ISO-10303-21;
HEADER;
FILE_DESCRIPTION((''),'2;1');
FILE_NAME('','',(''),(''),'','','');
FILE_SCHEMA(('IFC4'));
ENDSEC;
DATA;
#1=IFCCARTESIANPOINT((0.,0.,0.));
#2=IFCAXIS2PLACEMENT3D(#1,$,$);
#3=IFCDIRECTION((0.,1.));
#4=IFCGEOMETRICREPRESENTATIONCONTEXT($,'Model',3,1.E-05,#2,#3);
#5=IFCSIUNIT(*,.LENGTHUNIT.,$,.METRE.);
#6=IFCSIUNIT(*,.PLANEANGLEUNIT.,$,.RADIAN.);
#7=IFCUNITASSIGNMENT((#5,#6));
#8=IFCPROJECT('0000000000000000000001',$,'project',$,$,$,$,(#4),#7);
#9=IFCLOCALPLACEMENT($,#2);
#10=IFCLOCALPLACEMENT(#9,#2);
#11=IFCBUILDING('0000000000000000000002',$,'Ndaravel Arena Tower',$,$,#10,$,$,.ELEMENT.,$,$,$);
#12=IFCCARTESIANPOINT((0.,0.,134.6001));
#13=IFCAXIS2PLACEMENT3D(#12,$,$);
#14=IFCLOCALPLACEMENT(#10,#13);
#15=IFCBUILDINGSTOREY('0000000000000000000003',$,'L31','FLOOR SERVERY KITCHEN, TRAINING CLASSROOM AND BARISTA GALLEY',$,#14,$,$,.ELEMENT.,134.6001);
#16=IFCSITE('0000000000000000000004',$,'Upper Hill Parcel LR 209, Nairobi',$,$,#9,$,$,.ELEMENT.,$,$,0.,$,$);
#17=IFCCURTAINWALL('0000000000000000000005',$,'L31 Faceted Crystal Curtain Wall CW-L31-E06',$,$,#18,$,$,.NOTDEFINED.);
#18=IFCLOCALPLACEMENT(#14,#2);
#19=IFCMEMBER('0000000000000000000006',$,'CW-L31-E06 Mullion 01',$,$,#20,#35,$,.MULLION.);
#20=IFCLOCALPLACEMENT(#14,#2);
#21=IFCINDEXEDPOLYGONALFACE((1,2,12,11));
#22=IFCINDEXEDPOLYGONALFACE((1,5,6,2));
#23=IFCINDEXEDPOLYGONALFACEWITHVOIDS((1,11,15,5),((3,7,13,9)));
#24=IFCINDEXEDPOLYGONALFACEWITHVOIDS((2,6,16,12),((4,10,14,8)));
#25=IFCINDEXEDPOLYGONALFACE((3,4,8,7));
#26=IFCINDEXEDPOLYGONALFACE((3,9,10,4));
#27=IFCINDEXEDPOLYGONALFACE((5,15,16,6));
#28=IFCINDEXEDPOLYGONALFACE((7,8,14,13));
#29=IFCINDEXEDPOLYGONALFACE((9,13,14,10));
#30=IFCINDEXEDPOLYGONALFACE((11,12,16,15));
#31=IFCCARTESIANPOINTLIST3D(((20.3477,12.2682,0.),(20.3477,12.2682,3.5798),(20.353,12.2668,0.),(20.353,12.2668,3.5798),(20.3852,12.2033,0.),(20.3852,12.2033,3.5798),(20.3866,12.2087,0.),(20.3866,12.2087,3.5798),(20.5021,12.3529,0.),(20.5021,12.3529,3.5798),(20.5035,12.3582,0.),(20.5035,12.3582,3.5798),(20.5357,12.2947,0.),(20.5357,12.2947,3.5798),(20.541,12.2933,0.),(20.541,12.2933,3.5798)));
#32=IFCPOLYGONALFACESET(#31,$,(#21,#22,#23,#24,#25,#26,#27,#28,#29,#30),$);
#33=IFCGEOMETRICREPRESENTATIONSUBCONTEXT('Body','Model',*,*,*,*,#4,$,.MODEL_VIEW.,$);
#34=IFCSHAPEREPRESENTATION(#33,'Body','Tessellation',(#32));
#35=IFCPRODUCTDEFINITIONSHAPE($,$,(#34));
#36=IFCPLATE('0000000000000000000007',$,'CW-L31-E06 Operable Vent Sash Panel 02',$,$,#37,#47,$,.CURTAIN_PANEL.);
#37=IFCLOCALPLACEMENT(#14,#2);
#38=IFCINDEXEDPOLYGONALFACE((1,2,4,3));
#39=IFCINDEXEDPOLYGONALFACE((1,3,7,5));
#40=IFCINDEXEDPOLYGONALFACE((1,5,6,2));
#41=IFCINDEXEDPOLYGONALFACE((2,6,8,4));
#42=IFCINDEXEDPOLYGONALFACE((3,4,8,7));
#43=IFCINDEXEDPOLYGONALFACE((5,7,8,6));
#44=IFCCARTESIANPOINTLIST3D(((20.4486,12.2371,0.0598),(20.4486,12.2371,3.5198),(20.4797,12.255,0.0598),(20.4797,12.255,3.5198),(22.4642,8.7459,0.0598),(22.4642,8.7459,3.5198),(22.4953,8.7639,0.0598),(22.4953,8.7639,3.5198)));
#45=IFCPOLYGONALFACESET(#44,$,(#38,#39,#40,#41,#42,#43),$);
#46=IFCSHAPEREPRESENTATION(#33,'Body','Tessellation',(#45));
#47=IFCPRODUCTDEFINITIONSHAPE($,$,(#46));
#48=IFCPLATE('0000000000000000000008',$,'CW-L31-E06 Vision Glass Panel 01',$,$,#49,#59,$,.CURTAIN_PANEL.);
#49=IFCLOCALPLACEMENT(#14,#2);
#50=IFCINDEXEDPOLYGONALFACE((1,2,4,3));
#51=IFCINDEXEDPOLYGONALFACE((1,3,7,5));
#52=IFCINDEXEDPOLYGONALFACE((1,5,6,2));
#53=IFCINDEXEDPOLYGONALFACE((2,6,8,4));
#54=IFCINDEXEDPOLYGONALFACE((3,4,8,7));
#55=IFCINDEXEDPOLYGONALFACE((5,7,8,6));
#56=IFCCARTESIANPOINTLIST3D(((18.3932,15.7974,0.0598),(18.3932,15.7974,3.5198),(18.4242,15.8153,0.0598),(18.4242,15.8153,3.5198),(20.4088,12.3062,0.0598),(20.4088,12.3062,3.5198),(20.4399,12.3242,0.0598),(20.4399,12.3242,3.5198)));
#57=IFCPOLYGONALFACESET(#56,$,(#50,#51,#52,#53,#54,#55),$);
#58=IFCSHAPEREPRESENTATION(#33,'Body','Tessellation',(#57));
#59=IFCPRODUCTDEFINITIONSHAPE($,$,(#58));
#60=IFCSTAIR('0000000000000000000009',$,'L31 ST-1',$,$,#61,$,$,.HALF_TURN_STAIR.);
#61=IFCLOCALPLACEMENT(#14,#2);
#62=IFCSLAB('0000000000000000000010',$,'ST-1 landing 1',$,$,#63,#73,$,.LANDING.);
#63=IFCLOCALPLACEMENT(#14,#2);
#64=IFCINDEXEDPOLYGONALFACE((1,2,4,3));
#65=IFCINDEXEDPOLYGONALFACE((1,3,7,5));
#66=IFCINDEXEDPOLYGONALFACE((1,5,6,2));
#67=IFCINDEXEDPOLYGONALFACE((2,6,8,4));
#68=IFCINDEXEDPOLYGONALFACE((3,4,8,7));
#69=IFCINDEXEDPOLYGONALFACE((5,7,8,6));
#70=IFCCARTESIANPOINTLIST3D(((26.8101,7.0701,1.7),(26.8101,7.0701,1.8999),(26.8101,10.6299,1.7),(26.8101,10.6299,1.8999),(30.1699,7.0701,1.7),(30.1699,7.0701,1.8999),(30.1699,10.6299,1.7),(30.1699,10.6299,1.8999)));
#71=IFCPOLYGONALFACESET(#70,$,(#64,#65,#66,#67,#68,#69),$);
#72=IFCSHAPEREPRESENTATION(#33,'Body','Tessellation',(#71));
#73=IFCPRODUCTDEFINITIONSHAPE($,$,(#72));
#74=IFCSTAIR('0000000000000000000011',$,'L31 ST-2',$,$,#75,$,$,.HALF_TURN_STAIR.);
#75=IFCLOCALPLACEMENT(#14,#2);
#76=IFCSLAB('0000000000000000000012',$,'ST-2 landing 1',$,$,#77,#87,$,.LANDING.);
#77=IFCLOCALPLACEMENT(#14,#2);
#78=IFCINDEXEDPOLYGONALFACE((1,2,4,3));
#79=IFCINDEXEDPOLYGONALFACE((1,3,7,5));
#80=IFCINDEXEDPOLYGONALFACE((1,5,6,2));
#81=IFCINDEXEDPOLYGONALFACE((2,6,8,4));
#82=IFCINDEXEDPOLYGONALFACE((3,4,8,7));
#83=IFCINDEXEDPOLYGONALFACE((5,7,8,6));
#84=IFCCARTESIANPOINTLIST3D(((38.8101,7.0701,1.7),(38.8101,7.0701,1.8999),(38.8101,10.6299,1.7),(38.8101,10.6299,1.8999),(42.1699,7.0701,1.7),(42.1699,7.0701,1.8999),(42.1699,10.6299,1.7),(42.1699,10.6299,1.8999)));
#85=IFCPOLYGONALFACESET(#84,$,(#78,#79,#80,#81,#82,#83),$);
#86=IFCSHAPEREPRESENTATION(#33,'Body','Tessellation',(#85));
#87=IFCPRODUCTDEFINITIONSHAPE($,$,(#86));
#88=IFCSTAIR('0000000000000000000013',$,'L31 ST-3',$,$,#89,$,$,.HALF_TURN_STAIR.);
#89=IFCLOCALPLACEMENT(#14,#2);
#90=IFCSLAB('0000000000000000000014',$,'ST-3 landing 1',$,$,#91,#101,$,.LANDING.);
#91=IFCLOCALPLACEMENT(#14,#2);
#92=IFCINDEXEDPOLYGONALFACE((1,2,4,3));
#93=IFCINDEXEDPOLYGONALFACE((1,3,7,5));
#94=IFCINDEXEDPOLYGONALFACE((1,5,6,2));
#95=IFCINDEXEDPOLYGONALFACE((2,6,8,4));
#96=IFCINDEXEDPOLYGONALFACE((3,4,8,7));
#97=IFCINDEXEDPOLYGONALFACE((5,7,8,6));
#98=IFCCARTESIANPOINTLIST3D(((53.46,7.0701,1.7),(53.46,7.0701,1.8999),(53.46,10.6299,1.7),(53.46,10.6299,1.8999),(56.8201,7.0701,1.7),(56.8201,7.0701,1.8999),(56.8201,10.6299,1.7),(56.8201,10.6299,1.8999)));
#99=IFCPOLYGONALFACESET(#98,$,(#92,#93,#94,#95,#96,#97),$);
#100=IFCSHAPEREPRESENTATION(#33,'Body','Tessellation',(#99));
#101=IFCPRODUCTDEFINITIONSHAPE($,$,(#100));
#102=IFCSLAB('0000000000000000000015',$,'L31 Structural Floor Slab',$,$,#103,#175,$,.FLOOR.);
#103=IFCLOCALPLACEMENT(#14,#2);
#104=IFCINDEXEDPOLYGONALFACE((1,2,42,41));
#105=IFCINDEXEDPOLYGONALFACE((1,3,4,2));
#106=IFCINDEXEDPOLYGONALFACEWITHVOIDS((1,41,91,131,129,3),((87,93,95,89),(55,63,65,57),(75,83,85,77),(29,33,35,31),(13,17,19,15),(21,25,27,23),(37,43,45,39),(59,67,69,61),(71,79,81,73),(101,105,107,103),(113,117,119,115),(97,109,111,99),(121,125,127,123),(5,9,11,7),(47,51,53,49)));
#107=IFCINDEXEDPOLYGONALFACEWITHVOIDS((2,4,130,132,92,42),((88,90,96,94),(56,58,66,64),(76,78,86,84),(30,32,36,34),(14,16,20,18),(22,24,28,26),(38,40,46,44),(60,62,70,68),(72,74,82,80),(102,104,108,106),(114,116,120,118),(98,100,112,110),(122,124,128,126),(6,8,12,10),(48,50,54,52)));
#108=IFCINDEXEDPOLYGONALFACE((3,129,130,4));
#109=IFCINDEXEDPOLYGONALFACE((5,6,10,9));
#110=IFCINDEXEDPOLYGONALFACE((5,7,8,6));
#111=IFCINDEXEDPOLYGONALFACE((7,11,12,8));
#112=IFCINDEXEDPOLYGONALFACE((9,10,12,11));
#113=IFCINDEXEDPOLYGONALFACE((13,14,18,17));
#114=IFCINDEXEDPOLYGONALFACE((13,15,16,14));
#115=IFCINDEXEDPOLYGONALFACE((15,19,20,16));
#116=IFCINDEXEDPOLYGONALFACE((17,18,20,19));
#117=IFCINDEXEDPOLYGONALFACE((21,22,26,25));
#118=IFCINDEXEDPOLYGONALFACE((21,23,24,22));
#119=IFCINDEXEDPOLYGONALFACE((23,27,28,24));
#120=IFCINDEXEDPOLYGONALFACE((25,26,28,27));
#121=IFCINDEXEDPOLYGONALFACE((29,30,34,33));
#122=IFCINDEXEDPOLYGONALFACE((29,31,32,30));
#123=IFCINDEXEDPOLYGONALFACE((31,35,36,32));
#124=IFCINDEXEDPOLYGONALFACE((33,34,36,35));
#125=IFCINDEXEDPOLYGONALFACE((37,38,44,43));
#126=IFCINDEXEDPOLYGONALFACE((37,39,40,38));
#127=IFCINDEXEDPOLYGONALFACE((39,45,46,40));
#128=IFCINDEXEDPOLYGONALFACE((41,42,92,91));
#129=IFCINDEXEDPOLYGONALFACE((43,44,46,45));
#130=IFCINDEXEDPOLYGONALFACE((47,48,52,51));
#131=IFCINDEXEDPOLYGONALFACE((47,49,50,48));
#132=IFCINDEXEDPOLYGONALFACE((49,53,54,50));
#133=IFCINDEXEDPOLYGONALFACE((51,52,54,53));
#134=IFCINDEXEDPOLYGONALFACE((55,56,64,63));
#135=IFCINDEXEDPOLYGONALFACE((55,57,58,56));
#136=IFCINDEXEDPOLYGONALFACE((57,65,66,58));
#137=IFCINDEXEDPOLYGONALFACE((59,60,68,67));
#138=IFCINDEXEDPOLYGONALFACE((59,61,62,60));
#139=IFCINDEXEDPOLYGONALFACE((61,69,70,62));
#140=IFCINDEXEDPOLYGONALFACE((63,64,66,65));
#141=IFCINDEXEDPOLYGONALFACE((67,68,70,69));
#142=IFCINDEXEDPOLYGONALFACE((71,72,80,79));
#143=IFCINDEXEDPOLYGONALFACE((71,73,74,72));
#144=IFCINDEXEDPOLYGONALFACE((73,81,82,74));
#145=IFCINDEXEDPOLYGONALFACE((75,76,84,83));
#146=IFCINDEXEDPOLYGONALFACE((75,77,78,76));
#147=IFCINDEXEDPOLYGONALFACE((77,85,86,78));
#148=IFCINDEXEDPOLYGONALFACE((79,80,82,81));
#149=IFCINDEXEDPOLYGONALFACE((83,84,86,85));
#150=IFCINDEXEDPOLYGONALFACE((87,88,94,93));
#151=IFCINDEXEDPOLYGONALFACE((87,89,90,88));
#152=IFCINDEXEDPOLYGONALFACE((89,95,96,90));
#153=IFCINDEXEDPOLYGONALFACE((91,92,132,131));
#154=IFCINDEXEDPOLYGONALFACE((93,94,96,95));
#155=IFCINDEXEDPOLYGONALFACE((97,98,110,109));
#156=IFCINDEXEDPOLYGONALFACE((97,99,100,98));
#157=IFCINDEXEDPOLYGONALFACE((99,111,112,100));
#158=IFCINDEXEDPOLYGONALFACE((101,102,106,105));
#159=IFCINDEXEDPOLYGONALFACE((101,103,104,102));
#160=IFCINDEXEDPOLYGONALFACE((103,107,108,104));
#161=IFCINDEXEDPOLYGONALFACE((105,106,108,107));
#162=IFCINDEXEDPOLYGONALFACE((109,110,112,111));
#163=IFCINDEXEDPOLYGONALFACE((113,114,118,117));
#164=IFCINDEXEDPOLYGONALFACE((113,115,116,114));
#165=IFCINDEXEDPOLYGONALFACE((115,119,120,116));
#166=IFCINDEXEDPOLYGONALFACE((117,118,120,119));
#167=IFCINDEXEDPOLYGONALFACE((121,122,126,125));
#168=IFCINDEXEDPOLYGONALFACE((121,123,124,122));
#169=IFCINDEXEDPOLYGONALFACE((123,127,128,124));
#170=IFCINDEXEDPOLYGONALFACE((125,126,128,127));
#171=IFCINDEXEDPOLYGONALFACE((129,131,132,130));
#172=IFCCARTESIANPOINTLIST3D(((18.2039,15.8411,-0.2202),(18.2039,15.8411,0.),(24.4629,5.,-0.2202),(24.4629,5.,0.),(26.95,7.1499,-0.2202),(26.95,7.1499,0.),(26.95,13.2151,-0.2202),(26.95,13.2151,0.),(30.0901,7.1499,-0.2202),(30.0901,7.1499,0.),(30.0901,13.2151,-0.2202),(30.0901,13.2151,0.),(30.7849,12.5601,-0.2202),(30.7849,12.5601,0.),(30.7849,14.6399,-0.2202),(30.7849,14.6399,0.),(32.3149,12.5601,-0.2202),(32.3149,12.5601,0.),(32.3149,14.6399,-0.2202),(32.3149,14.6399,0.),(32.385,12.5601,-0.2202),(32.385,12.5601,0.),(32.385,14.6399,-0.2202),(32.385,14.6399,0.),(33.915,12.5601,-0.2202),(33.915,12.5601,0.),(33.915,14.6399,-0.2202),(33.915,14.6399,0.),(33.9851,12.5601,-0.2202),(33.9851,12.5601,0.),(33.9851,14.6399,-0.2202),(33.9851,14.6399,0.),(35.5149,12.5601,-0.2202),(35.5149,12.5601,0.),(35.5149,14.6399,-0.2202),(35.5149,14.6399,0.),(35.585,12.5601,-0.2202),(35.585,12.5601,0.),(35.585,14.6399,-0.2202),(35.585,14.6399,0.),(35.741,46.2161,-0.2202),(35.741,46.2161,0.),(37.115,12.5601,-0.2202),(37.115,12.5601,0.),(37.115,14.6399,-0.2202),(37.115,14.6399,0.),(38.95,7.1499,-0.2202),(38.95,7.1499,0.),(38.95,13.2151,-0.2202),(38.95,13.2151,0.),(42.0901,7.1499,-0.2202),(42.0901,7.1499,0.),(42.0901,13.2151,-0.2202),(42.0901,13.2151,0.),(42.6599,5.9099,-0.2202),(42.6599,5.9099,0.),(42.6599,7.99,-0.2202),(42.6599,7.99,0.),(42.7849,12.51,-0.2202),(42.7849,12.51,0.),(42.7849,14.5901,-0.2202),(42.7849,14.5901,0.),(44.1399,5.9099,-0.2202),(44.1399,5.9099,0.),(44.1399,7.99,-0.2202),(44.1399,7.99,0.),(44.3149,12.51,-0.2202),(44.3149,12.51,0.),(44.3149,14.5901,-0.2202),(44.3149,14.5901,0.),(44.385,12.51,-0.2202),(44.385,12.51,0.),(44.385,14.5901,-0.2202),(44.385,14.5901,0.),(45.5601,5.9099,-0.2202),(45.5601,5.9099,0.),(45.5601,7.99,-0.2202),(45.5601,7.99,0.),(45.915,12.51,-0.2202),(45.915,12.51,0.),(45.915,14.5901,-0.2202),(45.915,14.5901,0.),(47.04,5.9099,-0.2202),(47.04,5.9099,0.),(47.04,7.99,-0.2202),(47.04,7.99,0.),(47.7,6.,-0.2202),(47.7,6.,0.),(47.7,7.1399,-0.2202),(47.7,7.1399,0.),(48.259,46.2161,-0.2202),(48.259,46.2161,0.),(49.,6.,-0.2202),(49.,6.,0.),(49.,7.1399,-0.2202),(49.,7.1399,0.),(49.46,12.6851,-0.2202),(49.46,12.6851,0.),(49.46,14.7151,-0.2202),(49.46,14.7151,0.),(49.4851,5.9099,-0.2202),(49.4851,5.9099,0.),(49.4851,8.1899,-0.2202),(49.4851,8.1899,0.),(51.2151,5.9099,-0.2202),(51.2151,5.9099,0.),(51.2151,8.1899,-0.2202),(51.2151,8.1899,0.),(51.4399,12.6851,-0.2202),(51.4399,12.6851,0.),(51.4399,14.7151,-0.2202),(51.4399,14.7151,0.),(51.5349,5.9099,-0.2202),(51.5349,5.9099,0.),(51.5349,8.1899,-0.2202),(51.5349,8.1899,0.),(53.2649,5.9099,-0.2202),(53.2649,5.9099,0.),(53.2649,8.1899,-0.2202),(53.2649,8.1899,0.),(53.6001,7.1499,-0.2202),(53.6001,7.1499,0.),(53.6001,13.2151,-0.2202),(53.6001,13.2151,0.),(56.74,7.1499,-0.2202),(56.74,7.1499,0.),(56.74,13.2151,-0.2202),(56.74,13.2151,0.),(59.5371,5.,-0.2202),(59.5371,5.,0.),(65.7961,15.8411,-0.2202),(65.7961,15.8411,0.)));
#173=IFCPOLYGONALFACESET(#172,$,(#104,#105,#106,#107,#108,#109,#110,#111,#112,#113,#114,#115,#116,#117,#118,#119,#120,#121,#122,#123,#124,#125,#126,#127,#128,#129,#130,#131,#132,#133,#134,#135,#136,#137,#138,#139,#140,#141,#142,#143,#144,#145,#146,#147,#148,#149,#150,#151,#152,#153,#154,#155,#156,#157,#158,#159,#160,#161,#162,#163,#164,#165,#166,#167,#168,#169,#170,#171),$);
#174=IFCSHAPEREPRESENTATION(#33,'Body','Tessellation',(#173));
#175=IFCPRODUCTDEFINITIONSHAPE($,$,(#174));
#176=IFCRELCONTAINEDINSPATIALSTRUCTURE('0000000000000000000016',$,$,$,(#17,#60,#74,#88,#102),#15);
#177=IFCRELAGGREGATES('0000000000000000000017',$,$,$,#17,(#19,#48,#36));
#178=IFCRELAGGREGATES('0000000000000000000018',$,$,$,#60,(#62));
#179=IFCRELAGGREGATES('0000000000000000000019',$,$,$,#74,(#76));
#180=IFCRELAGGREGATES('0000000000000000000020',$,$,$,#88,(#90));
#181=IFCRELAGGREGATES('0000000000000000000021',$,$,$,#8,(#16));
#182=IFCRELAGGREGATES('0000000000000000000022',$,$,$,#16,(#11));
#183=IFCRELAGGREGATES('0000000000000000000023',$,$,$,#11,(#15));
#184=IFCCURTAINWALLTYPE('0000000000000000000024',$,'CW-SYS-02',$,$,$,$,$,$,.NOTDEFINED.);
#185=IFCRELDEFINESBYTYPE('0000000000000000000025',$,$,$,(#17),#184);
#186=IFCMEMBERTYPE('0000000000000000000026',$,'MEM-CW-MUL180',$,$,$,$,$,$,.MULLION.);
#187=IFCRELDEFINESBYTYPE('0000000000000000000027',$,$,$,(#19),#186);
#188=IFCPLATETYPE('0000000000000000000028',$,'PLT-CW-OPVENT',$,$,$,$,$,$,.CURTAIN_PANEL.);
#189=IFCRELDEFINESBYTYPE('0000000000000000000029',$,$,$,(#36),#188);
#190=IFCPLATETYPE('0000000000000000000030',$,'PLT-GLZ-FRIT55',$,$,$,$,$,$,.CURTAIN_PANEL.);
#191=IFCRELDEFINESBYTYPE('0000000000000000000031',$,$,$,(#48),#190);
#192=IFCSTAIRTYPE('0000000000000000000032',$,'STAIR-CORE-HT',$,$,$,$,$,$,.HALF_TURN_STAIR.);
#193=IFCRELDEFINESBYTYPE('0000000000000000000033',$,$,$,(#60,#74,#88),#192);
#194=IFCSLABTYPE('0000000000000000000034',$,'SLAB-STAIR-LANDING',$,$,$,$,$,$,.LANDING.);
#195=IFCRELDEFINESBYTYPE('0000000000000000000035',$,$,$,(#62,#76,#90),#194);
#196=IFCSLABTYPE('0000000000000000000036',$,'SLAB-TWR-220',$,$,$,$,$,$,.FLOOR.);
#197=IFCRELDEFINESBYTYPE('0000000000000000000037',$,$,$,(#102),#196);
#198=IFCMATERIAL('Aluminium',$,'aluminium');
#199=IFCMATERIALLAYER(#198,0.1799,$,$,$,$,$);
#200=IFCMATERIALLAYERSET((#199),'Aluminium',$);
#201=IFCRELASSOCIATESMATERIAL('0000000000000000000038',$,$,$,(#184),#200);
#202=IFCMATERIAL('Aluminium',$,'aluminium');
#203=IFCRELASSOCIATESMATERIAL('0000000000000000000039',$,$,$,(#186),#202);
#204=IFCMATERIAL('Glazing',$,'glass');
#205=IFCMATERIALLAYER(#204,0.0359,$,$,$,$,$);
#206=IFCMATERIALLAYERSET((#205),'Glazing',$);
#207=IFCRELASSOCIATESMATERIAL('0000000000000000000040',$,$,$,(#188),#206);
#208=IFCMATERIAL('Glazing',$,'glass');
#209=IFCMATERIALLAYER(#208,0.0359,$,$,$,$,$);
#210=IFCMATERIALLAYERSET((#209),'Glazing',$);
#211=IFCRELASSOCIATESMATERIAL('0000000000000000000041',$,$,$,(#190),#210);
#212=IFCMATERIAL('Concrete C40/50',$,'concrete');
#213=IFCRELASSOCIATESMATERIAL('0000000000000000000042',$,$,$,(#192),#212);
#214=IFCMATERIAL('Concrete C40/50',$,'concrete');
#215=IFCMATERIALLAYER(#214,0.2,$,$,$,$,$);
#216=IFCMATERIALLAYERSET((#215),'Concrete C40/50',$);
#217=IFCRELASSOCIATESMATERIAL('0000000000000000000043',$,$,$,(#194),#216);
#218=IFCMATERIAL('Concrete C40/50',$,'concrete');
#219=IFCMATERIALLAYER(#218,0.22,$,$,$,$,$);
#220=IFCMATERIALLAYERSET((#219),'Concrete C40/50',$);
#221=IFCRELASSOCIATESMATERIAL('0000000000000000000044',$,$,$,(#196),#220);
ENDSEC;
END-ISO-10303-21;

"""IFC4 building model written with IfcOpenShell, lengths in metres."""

from ifc_helpers import new_model, si_unit, direction, frame, origin, origin_2d, place, context, subcontext, project, spatial, polyline, rectangle, hollow_rectangle, outline, extrude, material, layer, layer_set, material_profile, profile_set, type_object, element, aggregate, save


model = new_model("IFC4")

# Units and contexts
model_context = context("Model", 3, precision=1e-05, world=origin(), true_north=direction((0.0, 1.0)))
body_context = subcontext(model_context, "Body", "Model", "MODEL_VIEW")
ifc_project = project(units=[si_unit("LENGTHUNIT", "METRE"), si_unit("PLANEANGLEUNIT", "RADIAN")], contexts=[model_context])

# Site, building, storey
site_placement = place(None, origin())
site = spatial("IfcSite", under=ifc_project, at=site_placement, Name="Upper Hill Parcel LR 209, Nairobi", CompositionType="ELEMENT", RefElevation=0.0)
building_placement = place(site_placement, origin())
building = spatial("IfcBuilding", under=site, at=building_placement, Name="Ndaravel Arena Tower", CompositionType="ELEMENT")
storey_placement = place(building_placement, frame((0.0, 0.0, 134.6001)))
storey = spatial("IfcBuildingStorey", under=building, at=storey_placement, Name="L31", Description="FLOOR SERVERY KITCHEN, TRAINING CLASSROOM AND BARISTA GALLEY", CompositionType="ELEMENT", Elevation=134.6001)

# Curtain wall, member, plates
ifc_material_1 = material(Name="Aluminium", Category="aluminium")
ifc_layer_1 = layer(ifc_material_1, 0.1799)
ifc_layer_set_1 = layer_set([ifc_layer_1], Name="Aluminium")
curtain_wall_type = type_object("IfcCurtainWallType", Name="CW-SYS-02", PredefinedType="NOTDEFINED", material=ifc_layer_set_1)
curtain_wall_placement = place(storey_placement, origin())
curtain_wall = element("IfcCurtainWall", 1, at=curtain_wall_placement, inside=storey, type_object=curtain_wall_type, Name="L31 Faceted Crystal Curtain Wall CW-L31-E06", PredefinedType="NOTDEFINED")
ifc_material_2 = material(Name="Aluminium", Category="aluminium")
ifc_material_profile_1 = material_profile(ifc_material_2, hollow_rectangle(XDim=0.075, YDim=0.1799, WallThickness=0.0039, at=origin_2d()), Name="CW MULLION 75x180x4")
ifc_profile_set_1 = profile_set([ifc_material_profile_1], Name="Aluminium")
member_type = type_object("IfcMemberType", Name="MEM-CW-MUL180", PredefinedType="MULLION", material=ifc_profile_set_1)
member_placement = place(storey_placement, frame((20.4443, 12.2808, 0.0), z_axis=(0.0, 0.0, 1.0), x_axis=(0.5, -0.866025, 0.0)))
member = element("IfcMember", 2, at=member_placement, type_object=member_type, Name="CW-L31-E06 Mullion 01", PredefinedType="MULLION", context=body_context, shape_type="SweptSolid", body=[
    extrude(hollow_rectangle(XDim=0.075, YDim=0.1799, WallThickness=0.0039, at=origin_2d()), origin(), (0.0, 0.0, 1.0), 3.5798),
])
ifc_material_3 = material(Name="Glazing", Category="glass")
ifc_layer_2 = layer(ifc_material_3, 0.0359)
ifc_layer_set_2 = layer_set([ifc_layer_2], Name="Glazing")
plate_type_1 = type_object("IfcPlateType", Name="PLT-CW-OPVENT", PredefinedType="CURTAIN_PANEL", material=ifc_layer_set_2)
plate_1_placement = place(storey_placement, frame((21.4719, 10.5005, 0.0598), z_axis=(0.0, 0.0, 1.0), x_axis=(0.5, -0.866025, 0.0)))
plate_1 = element("IfcPlate", 3, at=plate_1_placement, type_object=plate_type_1, Name="CW-L31-E06 Operable Vent Sash Panel 02", PredefinedType="CURTAIN_PANEL", context=body_context, shape_type="SweptSolid", body=[
    extrude(rectangle(XDim=4.0312, YDim=0.0359, at=origin_2d()), origin(), (0.0, 0.0, 1.0), 3.46),
])
ifc_material_4 = material(Name="Glazing", Category="glass")
ifc_layer_3 = layer(ifc_material_4, 0.0359)
ifc_layer_set_3 = layer_set([ifc_layer_3], Name="Glazing")
plate_type_2 = type_object("IfcPlateType", Name="PLT-GLZ-FRIT55", PredefinedType="CURTAIN_PANEL", material=ifc_layer_set_3)
plate_2_placement = place(storey_placement, frame((19.4165, 14.0608, 0.0598), z_axis=(0.0, 0.0, 1.0), x_axis=(0.5, -0.866025, 0.0)))
plate_2 = element("IfcPlate", 4, at=plate_2_placement, type_object=plate_type_2, Name="CW-L31-E06 Vision Glass Panel 01", PredefinedType="CURTAIN_PANEL", context=body_context, shape_type="SweptSolid", body=[
    extrude(rectangle(XDim=4.0312, YDim=0.0359, at=origin_2d()), origin(), (0.0, 0.0, 1.0), 3.46),
])
aggregate(curtain_wall, [member, plate_2, plate_1])

# Stairs, slabs
ifc_material_5 = material(Name="Concrete C40/50", Category="concrete")
stair_type = type_object("IfcStairType", Name="STAIR-CORE-HT", PredefinedType="HALF_TURN_STAIR", material=ifc_material_5)
stair_1_placement = place(storey_placement, origin())
stair_1 = element("IfcStair", 5, at=stair_1_placement, inside=storey, type_object=stair_type, Name="L31 ST-1", PredefinedType="HALF_TURN_STAIR")
ifc_material_6 = material(Name="Concrete C40/50", Category="concrete")
ifc_layer_4 = layer(ifc_material_6, 0.2)
ifc_layer_set_4 = layer_set([ifc_layer_4], Name="Concrete C40/50")
slab_type_1 = type_object("IfcSlabType", Name="SLAB-STAIR-LANDING", PredefinedType="LANDING", material=ifc_layer_set_4)
slab_1_placement = place(storey_placement, frame((0.0, 0.0, 1.7)))
slab_1 = element("IfcSlab", 6, at=slab_1_placement, type_object=slab_type_1, Name="ST-1 landing 1", PredefinedType="LANDING", context=body_context, shape_type="SweptSolid", body=[
    extrude(outline(polyline([(26.8101, 10.6299), (26.8101, 7.0701), (30.1699, 7.0701), (30.1699, 10.6299), (26.8101, 10.6299)])), origin(), (0.0, 0.0, 1.0), 0.2),
])
aggregate(stair_1, [slab_1])
stair_2_placement = place(storey_placement, origin())
stair_2 = element("IfcStair", 7, at=stair_2_placement, inside=storey, type_object=stair_type, Name="L31 ST-2", PredefinedType="HALF_TURN_STAIR")
slab_2_placement = place(storey_placement, frame((0.0, 0.0, 1.7)))
slab_2 = element("IfcSlab", 8, at=slab_2_placement, type_object=slab_type_1, Name="ST-2 landing 1", PredefinedType="LANDING", context=body_context, shape_type="SweptSolid", body=[
    extrude(outline(polyline([(38.8101, 10.6299), (38.8101, 7.0701), (42.1699, 7.0701), (42.1699, 10.6299), (38.8101, 10.6299)])), origin(), (0.0, 0.0, 1.0), 0.2),
])
aggregate(stair_2, [slab_2])
stair_3_placement = place(storey_placement, origin())
stair_3 = element("IfcStair", 9, at=stair_3_placement, inside=storey, type_object=stair_type, Name="L31 ST-3", PredefinedType="HALF_TURN_STAIR")
slab_3_placement = place(storey_placement, frame((0.0, 0.0, 1.7)))
slab_3 = element("IfcSlab", 10, at=slab_3_placement, type_object=slab_type_1, Name="ST-3 landing 1", PredefinedType="LANDING", context=body_context, shape_type="SweptSolid", body=[
    extrude(outline(polyline([(53.46, 10.6299), (53.46, 7.0701), (56.8201, 7.0701), (56.8201, 10.6299), (53.46, 10.6299)])), origin(), (0.0, 0.0, 1.0), 0.2),
])
aggregate(stair_3, [slab_3])

# Slab
ifc_material_7 = material(Name="Concrete C40/50", Category="concrete")
ifc_layer_5 = layer(ifc_material_7, 0.22)
ifc_layer_set_5 = layer_set([ifc_layer_5], Name="Concrete C40/50")
slab_type_2 = type_object("IfcSlabType", Name="SLAB-TWR-220", PredefinedType="FLOOR", material=ifc_layer_set_5)
slab_4_placement = place(storey_placement, frame((0.0, 0.0, -0.2202)))
element("IfcSlab", 11, at=slab_4_placement, inside=storey, type_object=slab_type_2, Name="L31 Structural Floor Slab", PredefinedType="FLOOR", context=body_context, shape_type="SweptSolid", body=[
    extrude(outline(polyline([(18.2039, 15.8411), (24.4629, 5.0), (59.5371, 5.0), (65.7961, 15.8411), (48.259, 46.2161), (35.741, 46.2161), (18.2039, 15.8411)]), holes=[polyline([(26.95, 13.2151), (26.95, 7.1499), (30.0901, 7.1499), (30.0901, 13.2151), (26.95, 13.2151)]), polyline([(38.95, 13.2151), (38.95, 7.1499), (42.0901, 7.1499), (42.0901, 13.2151), (38.95, 13.2151)]), polyline([(53.6001, 13.2151), (53.6001, 7.1499), (56.74, 7.1499), (56.74, 13.2151), (53.6001, 13.2151)]), polyline([(30.7849, 12.5601), (32.3149, 12.5601), (32.3149, 14.6399), (30.7849, 14.6399), (30.7849, 12.5601)]), polyline([(32.385, 12.5601), (33.915, 12.5601), (33.915, 14.6399), (32.385, 14.6399), (32.385, 12.5601)]), polyline([(33.9851, 12.5601), (35.5149, 12.5601), (35.5149, 14.6399), (33.9851, 14.6399), (33.9851, 12.5601)]), polyline([(35.585, 12.5601), (37.115, 12.5601), (37.115, 14.6399), (35.585, 14.6399), (35.585, 12.5601)]), polyline([(42.6599, 5.9099), (44.1399, 5.9099), (44.1399, 7.99), (42.6599, 7.99), (42.6599, 5.9099)]), polyline([(45.5601, 5.9099), (47.04, 5.9099), (47.04, 7.99), (45.5601, 7.99), (45.5601, 5.9099)]), polyline([(42.7849, 12.51), (44.3149, 12.51), (44.3149, 14.5901), (42.7849, 14.5901), (42.7849, 12.51)]), polyline([(44.385, 12.51), (45.915, 12.51), (45.915, 14.5901), (44.385, 14.5901), (44.385, 12.51)]), polyline([(49.4851, 5.9099), (51.2151, 5.9099), (51.2151, 8.1899), (49.4851, 8.1899), (49.4851, 5.9099)]), polyline([(51.5349, 5.9099), (53.2649, 5.9099), (53.2649, 8.1899), (51.5349, 8.1899), (51.5349, 5.9099)]), polyline([(49.46, 12.6851), (51.4399, 12.6851), (51.4399, 14.7151), (49.46, 14.7151), (49.46, 12.6851)]), polyline([(47.7, 6.0), (49.0, 6.0), (49.0, 7.1399), (47.7, 7.1399), (47.7, 6.0)])]), origin(), (0.0, 0.0, 1.0), 0.2202),
])

save(model, "model.ifc")
